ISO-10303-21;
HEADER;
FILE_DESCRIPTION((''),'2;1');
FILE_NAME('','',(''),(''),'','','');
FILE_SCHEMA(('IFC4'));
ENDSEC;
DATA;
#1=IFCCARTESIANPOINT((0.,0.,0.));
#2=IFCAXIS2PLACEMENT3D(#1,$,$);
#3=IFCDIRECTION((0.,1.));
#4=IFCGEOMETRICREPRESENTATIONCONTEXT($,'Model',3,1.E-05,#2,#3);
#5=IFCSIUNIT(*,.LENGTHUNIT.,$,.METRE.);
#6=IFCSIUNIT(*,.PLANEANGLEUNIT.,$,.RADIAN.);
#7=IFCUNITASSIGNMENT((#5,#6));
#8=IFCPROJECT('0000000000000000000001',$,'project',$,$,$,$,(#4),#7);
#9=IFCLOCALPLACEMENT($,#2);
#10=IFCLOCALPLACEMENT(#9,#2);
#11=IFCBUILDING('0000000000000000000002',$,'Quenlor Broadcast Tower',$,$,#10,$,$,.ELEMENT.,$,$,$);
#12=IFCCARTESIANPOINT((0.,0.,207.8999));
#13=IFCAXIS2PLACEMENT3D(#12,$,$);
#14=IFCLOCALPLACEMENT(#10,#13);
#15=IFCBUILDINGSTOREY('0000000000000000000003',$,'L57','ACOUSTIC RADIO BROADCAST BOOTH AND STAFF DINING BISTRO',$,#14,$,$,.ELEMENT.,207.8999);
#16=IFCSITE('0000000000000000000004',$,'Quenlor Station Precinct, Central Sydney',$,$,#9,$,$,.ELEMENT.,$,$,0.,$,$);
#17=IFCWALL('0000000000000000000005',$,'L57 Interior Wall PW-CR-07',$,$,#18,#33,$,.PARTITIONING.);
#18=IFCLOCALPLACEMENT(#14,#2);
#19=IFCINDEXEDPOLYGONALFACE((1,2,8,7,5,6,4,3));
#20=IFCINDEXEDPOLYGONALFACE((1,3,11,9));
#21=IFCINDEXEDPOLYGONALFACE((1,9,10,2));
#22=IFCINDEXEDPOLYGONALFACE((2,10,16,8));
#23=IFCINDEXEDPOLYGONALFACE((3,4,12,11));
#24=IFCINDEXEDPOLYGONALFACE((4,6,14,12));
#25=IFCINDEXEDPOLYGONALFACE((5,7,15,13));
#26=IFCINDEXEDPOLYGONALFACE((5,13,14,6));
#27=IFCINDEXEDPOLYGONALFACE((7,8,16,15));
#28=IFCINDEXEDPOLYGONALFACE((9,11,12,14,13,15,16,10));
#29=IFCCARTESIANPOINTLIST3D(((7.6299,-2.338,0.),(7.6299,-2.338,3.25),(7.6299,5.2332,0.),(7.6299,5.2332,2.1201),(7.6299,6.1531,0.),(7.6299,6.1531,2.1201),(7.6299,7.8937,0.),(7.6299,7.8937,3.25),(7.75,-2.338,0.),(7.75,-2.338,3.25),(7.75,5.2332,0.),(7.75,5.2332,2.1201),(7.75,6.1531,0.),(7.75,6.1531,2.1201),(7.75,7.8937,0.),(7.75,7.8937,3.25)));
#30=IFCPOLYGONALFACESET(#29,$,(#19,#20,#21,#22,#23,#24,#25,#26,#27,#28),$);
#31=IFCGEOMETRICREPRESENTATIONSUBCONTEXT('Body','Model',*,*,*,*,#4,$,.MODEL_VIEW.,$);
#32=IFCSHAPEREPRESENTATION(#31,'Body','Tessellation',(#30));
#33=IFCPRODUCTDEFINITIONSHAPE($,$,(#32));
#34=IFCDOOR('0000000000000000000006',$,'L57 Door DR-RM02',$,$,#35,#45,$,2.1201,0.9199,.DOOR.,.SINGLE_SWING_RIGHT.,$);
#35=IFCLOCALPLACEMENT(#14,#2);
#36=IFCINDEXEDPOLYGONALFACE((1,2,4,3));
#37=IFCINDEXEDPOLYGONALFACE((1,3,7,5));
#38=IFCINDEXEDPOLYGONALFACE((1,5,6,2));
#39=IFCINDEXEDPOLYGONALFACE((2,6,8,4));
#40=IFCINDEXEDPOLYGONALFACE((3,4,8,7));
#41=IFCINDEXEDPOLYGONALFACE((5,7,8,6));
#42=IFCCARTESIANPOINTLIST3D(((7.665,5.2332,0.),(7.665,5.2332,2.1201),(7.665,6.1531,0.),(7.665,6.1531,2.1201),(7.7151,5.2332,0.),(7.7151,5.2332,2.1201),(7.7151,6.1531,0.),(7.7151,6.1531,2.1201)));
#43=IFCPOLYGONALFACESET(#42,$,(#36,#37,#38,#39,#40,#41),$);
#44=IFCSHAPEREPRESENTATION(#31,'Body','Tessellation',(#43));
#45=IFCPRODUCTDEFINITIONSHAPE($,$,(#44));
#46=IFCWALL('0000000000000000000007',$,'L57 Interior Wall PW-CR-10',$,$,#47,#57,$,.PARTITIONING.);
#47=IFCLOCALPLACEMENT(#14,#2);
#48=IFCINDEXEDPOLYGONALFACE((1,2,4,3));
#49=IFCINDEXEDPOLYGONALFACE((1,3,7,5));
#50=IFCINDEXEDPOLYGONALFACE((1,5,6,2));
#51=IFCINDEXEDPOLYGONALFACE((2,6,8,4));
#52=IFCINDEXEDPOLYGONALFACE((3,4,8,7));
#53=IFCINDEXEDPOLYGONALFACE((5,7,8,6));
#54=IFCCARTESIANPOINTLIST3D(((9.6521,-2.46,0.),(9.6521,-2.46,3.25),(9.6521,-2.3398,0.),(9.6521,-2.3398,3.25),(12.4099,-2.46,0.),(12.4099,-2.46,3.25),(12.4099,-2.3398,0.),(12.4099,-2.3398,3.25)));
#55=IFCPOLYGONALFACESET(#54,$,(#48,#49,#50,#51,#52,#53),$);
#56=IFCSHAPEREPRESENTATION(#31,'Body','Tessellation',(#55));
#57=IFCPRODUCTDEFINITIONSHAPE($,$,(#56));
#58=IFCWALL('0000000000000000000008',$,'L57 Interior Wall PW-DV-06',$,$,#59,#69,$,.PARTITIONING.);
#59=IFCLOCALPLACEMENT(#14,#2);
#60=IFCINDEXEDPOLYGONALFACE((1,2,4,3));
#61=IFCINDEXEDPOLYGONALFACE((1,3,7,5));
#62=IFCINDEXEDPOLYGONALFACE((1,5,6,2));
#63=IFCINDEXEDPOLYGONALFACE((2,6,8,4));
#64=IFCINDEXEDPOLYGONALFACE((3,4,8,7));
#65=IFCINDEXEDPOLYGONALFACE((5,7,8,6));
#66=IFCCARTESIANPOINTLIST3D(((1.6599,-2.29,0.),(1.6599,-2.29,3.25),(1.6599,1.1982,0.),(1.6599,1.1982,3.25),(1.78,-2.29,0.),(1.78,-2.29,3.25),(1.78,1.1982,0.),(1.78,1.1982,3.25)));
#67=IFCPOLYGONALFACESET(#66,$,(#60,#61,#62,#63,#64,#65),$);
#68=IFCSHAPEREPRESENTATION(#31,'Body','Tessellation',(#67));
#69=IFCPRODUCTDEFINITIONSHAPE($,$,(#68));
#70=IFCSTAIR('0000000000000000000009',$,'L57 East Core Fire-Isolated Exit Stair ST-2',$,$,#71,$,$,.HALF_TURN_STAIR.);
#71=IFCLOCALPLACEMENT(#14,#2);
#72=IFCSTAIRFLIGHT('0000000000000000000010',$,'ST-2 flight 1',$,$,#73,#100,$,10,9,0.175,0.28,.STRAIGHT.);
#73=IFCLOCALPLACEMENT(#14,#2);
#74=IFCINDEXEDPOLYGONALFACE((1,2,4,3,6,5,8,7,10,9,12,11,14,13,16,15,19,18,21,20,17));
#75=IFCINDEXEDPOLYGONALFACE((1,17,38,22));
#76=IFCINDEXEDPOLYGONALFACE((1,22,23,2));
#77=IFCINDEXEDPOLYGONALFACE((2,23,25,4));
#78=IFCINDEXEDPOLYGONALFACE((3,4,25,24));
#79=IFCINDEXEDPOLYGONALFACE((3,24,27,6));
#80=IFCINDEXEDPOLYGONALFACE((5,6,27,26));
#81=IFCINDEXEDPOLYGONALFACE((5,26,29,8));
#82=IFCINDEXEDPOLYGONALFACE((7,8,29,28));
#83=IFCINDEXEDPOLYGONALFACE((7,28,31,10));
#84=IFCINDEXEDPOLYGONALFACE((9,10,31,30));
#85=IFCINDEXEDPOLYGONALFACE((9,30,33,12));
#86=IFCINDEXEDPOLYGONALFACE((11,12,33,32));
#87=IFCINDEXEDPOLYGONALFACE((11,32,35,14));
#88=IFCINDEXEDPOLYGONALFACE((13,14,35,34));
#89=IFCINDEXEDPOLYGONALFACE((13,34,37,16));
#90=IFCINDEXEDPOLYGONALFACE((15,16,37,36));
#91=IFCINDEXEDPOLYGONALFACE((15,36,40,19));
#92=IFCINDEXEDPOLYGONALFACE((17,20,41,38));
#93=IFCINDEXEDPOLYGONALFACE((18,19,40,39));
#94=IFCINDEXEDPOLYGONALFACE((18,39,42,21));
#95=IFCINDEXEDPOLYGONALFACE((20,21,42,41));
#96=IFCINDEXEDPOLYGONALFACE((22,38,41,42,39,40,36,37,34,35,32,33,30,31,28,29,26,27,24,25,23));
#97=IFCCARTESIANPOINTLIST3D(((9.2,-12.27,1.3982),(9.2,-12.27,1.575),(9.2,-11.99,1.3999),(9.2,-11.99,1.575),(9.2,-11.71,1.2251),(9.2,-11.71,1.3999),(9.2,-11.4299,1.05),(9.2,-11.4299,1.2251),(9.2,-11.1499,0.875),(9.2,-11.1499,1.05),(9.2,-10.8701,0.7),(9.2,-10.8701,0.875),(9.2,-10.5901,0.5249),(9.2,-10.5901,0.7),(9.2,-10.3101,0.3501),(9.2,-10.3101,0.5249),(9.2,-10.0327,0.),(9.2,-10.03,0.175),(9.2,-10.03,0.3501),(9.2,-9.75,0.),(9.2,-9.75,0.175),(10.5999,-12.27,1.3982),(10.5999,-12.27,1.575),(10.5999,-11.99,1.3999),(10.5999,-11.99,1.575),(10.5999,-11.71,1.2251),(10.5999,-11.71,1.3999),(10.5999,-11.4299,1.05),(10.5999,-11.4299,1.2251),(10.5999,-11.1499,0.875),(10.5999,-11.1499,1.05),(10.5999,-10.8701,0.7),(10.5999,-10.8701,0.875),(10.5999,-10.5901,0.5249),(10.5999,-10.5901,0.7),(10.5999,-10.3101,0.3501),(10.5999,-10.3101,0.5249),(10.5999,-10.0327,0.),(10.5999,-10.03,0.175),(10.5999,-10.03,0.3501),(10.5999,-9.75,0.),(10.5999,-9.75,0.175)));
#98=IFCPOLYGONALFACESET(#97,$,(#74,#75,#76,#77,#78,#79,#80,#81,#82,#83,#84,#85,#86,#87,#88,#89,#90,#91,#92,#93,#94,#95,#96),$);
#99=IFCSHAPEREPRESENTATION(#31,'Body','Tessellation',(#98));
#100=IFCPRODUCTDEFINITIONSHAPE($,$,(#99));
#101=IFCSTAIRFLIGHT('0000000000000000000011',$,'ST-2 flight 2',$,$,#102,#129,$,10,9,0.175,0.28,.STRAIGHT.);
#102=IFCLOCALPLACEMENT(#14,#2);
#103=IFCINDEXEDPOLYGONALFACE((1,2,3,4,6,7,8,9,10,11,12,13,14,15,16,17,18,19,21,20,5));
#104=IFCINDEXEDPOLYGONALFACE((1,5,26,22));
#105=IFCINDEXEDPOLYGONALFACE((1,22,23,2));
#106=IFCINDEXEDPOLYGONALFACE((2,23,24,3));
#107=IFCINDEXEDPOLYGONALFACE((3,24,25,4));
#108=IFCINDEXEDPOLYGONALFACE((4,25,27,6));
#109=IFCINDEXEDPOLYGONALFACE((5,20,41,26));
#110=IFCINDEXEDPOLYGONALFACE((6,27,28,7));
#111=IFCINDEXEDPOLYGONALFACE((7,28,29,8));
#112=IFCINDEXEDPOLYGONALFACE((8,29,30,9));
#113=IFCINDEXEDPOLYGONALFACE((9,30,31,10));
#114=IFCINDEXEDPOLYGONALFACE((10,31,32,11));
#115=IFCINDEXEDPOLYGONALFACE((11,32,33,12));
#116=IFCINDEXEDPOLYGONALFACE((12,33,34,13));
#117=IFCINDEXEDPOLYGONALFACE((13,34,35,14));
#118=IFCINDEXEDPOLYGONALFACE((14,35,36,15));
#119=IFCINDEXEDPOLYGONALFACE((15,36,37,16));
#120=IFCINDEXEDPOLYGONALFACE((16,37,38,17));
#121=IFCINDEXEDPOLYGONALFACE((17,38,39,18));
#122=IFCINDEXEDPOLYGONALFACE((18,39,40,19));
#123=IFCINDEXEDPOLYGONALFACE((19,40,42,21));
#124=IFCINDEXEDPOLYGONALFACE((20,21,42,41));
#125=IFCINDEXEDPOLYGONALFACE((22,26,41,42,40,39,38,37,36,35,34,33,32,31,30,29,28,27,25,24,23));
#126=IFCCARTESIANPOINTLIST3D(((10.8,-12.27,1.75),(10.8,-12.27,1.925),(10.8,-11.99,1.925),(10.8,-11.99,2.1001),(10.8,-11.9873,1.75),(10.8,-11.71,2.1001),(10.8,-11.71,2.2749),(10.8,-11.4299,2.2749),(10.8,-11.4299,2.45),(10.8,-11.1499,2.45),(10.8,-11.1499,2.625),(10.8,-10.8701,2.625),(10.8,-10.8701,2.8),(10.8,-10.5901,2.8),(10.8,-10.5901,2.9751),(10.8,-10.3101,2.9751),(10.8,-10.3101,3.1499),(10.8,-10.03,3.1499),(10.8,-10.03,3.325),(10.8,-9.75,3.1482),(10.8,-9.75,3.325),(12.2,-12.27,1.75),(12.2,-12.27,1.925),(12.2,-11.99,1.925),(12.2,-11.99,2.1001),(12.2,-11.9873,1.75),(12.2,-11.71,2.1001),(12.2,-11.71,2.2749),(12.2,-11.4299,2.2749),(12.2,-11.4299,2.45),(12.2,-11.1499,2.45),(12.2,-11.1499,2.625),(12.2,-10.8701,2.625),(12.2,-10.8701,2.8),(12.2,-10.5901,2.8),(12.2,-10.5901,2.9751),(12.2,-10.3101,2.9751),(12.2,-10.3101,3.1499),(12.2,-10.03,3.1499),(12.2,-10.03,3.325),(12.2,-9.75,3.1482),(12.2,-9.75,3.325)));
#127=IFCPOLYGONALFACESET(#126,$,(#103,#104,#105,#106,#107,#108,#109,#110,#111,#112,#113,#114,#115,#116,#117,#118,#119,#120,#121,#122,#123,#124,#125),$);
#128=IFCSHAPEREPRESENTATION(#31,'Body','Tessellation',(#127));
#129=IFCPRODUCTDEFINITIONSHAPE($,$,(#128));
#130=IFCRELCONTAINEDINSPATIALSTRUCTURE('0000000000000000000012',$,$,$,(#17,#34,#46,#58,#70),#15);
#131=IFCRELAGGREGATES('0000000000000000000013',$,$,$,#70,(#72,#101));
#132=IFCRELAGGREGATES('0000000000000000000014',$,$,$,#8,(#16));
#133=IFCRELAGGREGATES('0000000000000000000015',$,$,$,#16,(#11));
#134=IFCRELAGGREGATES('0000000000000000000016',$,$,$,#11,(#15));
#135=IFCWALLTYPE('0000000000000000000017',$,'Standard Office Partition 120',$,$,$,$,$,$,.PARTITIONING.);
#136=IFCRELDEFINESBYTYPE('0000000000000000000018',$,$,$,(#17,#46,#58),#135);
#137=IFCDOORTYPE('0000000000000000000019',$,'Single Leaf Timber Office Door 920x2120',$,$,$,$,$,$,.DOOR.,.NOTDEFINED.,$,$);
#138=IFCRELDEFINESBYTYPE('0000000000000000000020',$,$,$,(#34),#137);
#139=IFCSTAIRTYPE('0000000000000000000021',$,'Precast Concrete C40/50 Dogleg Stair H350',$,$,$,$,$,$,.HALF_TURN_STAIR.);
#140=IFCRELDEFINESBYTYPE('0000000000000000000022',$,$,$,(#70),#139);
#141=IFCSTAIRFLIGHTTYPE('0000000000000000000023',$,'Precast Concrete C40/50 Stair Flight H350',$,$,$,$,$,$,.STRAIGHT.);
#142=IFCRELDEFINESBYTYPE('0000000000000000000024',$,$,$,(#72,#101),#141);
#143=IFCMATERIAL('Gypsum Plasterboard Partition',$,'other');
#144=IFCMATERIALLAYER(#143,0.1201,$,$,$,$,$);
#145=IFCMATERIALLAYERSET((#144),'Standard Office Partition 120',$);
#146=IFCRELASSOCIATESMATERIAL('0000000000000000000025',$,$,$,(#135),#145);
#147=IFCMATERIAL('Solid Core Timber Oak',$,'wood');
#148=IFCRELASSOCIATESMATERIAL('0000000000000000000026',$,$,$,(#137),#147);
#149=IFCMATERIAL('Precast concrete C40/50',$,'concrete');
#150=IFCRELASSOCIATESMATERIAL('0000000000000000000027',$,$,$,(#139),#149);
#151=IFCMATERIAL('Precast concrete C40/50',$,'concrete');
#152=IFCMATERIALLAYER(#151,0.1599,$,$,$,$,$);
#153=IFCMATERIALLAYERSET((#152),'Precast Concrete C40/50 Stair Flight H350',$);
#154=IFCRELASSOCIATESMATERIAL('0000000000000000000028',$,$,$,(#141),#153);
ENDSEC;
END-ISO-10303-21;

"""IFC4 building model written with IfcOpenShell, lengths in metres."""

from ifc_helpers import new_model, si_unit, direction, frame, frame_2d, origin, place, context, subcontext, project, spatial, polyline, rectangle, outline, extrude, material, layer, layer_set, type_object, element, fill, aggregate, save


model = new_model("IFC4")

# Units and contexts
model_context = context("Model", 3, precision=1e-05, world=origin(), true_north=direction((0.0, 1.0)))
body_context = subcontext(model_context, "Body", "Model", "MODEL_VIEW")
ifc_project = project(units=[si_unit("LENGTHUNIT", "METRE"), si_unit("PLANEANGLEUNIT", "RADIAN")], contexts=[model_context])

# Site, building, storey
site_placement = place(None, origin())
site = spatial("IfcSite", under=ifc_project, at=site_placement, Name="Quenlor Station Precinct, Central Sydney", CompositionType="ELEMENT", RefElevation=0.0)
building_placement = place(site_placement, origin())
building = spatial("IfcBuilding", under=site, at=building_placement, Name="Quenlor Broadcast Tower", CompositionType="ELEMENT")
storey_placement = place(building_placement, frame((0.0, 0.0, 207.8999)))
storey = spatial("IfcBuildingStorey", under=building, at=storey_placement, Name="L57", Description="ACOUSTIC RADIO BROADCAST BOOTH AND STAFF DINING BISTRO", CompositionType="ELEMENT", Elevation=207.8999)

# Wall, opening, door
ifc_material_1 = material(Name="Gypsum Plasterboard Partition", Category="other")
ifc_layer_1 = layer(ifc_material_1, 0.1201)
ifc_layer_set_1 = layer_set([ifc_layer_1], Name="Standard Office Partition 120")
wall_type_1 = type_object("IfcWallType", Name="Standard Office Partition 120", PredefinedType="PARTITIONING", material=ifc_layer_set_1)
wall_1_placement = place(storey_placement, frame((7.6899, -2.3379, 0.0), z_axis=(0.0, 0.0, 1.0), x_axis=(0.0, 1.0, 0.0)))
wall_1 = element("IfcWall", 1, at=wall_1_placement, inside=storey, type_object=wall_type_1, Name="L57 Interior Wall PW-CR-07", PredefinedType="PARTITIONING", context=body_context, shape_type="SweptSolid", body=[
    extrude(rectangle(XDim=10.2317, YDim=0.1201, at=frame_2d((5.1157, 0.0))), origin(), (0.0, 0.0, 1.0), 3.25),
])
opening_1_placement = place(wall_1_placement, frame((7.571, 0.0, 0.0)))
opening_1 = element("IfcOpeningElement", 2, at=opening_1_placement, cuts=wall_1, PredefinedType="OPENING", context=body_context, shape_type="SweptSolid", body=[
    extrude(rectangle(XDim=0.9199, YDim=2.1201, at=frame_2d((0.46, 1.0601))), frame((0.0, 0.0701, 0.0), z_axis=(0.0, -1.0, 0.0), x_axis=(1.0, 0.0, 0.0)), (0.0, 0.0, 1.0), 0.1401),
])
ifc_material_2 = material(Name="Solid Core Timber Oak", Category="wood")
door_type_1 = type_object("IfcDoorType", Name="Single Leaf Timber Office Door 920x2120", OperationType="NOTDEFINED", PredefinedType="DOOR", material=ifc_material_2)
door_1_placement = place(opening_1_placement, origin())
door_1 = element("IfcDoor", 3, at=door_1_placement, inside=storey, type_object=door_type_1, Name="L57 Door DR-RM02", OperationType="SINGLE_SWING_RIGHT", OverallHeight=2.1201, OverallWidth=0.9199, PredefinedType="DOOR", context=body_context, shape_type="SweptSolid", body=[
    extrude(rectangle(XDim=0.9199, YDim=2.1201, at=frame_2d((0.46, 1.0601))), frame((0.0, 0.0249, 0.0), z_axis=(0.0, -1.0, 0.0), x_axis=(1.0, 0.0, 0.0)), (0.0, 0.0, 1.0), 0.05),
])
fill(opening_1, door_1)

# Walls
wall_2_placement = place(storey_placement, frame((9.6521, -2.3999, 0.0), z_axis=(0.0, 0.0, 1.0), x_axis=(1.0, 0.0, 0.0)))
element("IfcWall", 4, at=wall_2_placement, inside=storey, type_object=wall_type_1, Name="L57 Interior Wall PW-CR-10", PredefinedType="PARTITIONING", context=body_context, shape_type="SweptSolid", body=[
    extrude(rectangle(XDim=2.7578, YDim=0.1201, at=frame_2d((1.3789, 0.0))), origin(), (0.0, 0.0, 1.0), 3.25),
])
wall_3_placement = place(storey_placement, frame((1.72, -2.29, 0.0), z_axis=(0.0, 0.0, 1.0), x_axis=(0.0, 1.0, 0.0)))
element("IfcWall", 5, at=wall_3_placement, inside=storey, type_object=wall_type_1, Name="L57 Interior Wall PW-DV-06", PredefinedType="PARTITIONING", context=body_context, shape_type="SweptSolid", body=[
    extrude(rectangle(XDim=3.4883, YDim=0.1201, at=frame_2d((1.7441, 0.0))), origin(), (0.0, 0.0, 1.0), 3.25),
])

# Stair, stair flights
ifc_material_3 = material(Name="Precast concrete C40/50", Category="concrete")
stair_type = type_object("IfcStairType", Name="Precast Concrete C40/50 Dogleg Stair H350", PredefinedType="HALF_TURN_STAIR", material=ifc_material_3)
stair_placement = place(storey_placement, origin())
stair = element("IfcStair", 6, at=stair_placement, inside=storey, type_object=stair_type, Name="L57 East Core Fire-Isolated Exit Stair ST-2", PredefinedType="HALF_TURN_STAIR")
ifc_material_4 = material(Name="Precast concrete C40/50", Category="concrete")
ifc_layer_2 = layer(ifc_material_4, 0.1599)
ifc_layer_set_2 = layer_set([ifc_layer_2], Name="Precast Concrete C40/50 Stair Flight H350")
stair_flight_type = type_object("IfcStairFlightType", Name="Precast Concrete C40/50 Stair Flight H350", PredefinedType="STRAIGHT", material=ifc_layer_set_2)
stair_flight_1_placement = place(storey_placement, frame((9.8999, -9.75, 0.0), z_axis=(0.0, 0.0, 1.0), x_axis=(0.0, -1.0, 0.0)))
stair_flight_1 = element("IfcStairFlight", 7, at=stair_flight_1_placement, type_object=stair_flight_type, Name="ST-2 flight 1", NumberOfRisers=10, NumberOfTreads=9, PredefinedType="STRAIGHT", RiserHeight=0.175, TreadLength=0.28, context=body_context, shape_type="SweptSolid", body=[
    extrude(outline(polyline([(0.0, 0.0), (0.0, 0.175), (0.28, 0.175), (0.28, 0.3501), (0.5601, 0.3501), (0.5601, 0.5249), (0.8401, 0.5249), (0.8401, 0.7), (1.1201, 0.7), (1.1201, 0.875), (1.3999, 0.875), (1.3999, 1.05), (1.6799, 1.05), (1.6799, 1.2251), (1.96, 1.2251), (1.96, 1.3999), (2.24, 1.3999), (2.24, 1.575), (2.52, 1.575), (2.52, 1.75), (2.52, 1.3982), (0.2827, 0.0), (0.0, 0.0)])), frame((0.0, 0.7, 0.0), z_axis=(0.0, -1.0, 0.0), x_axis=(1.0, 0.0, 0.0)), (0.0, 0.0, 1.0), 1.3999),
])
stair_flight_2_placement = place(storey_placement, frame((11.5, -12.27, 1.75), z_axis=(0.0, 0.0, 1.0), x_axis=(0.0, 1.0, 0.0)))
stair_flight_2 = element("IfcStairFlight", 8, at=stair_flight_2_placement, type_object=stair_flight_type, Name="ST-2 flight 2", NumberOfRisers=10, NumberOfTreads=9, PredefinedType="STRAIGHT", RiserHeight=0.175, TreadLength=0.28, context=body_context, shape_type="SweptSolid", body=[
    extrude(outline(polyline([(0.0, 0.0), (0.0, 0.175), (0.28, 0.175), (0.28, 0.3501), (0.5601, 0.3501), (0.5601, 0.5249), (0.8401, 0.5249), (0.8401, 0.7), (1.1201, 0.7), (1.1201, 0.875), (1.3999, 0.875), (1.3999, 1.05), (1.6799, 1.05), (1.6799, 1.2251), (1.96, 1.2251), (1.96, 1.3999), (2.24, 1.3999), (2.24, 1.575), (2.52, 1.575), (2.52, 1.75), (2.52, 1.3982), (0.2827, 0.0), (0.0, 0.0)])), frame((0.0, 0.7, 0.0), z_axis=(0.0, -1.0, 0.0), x_axis=(1.0, 0.0, 0.0)), (0.0, 0.0, 1.0), 1.3999),
])
aggregate(stair, [stair_flight_1, stair_flight_2])

save(model, "model.ifc")
